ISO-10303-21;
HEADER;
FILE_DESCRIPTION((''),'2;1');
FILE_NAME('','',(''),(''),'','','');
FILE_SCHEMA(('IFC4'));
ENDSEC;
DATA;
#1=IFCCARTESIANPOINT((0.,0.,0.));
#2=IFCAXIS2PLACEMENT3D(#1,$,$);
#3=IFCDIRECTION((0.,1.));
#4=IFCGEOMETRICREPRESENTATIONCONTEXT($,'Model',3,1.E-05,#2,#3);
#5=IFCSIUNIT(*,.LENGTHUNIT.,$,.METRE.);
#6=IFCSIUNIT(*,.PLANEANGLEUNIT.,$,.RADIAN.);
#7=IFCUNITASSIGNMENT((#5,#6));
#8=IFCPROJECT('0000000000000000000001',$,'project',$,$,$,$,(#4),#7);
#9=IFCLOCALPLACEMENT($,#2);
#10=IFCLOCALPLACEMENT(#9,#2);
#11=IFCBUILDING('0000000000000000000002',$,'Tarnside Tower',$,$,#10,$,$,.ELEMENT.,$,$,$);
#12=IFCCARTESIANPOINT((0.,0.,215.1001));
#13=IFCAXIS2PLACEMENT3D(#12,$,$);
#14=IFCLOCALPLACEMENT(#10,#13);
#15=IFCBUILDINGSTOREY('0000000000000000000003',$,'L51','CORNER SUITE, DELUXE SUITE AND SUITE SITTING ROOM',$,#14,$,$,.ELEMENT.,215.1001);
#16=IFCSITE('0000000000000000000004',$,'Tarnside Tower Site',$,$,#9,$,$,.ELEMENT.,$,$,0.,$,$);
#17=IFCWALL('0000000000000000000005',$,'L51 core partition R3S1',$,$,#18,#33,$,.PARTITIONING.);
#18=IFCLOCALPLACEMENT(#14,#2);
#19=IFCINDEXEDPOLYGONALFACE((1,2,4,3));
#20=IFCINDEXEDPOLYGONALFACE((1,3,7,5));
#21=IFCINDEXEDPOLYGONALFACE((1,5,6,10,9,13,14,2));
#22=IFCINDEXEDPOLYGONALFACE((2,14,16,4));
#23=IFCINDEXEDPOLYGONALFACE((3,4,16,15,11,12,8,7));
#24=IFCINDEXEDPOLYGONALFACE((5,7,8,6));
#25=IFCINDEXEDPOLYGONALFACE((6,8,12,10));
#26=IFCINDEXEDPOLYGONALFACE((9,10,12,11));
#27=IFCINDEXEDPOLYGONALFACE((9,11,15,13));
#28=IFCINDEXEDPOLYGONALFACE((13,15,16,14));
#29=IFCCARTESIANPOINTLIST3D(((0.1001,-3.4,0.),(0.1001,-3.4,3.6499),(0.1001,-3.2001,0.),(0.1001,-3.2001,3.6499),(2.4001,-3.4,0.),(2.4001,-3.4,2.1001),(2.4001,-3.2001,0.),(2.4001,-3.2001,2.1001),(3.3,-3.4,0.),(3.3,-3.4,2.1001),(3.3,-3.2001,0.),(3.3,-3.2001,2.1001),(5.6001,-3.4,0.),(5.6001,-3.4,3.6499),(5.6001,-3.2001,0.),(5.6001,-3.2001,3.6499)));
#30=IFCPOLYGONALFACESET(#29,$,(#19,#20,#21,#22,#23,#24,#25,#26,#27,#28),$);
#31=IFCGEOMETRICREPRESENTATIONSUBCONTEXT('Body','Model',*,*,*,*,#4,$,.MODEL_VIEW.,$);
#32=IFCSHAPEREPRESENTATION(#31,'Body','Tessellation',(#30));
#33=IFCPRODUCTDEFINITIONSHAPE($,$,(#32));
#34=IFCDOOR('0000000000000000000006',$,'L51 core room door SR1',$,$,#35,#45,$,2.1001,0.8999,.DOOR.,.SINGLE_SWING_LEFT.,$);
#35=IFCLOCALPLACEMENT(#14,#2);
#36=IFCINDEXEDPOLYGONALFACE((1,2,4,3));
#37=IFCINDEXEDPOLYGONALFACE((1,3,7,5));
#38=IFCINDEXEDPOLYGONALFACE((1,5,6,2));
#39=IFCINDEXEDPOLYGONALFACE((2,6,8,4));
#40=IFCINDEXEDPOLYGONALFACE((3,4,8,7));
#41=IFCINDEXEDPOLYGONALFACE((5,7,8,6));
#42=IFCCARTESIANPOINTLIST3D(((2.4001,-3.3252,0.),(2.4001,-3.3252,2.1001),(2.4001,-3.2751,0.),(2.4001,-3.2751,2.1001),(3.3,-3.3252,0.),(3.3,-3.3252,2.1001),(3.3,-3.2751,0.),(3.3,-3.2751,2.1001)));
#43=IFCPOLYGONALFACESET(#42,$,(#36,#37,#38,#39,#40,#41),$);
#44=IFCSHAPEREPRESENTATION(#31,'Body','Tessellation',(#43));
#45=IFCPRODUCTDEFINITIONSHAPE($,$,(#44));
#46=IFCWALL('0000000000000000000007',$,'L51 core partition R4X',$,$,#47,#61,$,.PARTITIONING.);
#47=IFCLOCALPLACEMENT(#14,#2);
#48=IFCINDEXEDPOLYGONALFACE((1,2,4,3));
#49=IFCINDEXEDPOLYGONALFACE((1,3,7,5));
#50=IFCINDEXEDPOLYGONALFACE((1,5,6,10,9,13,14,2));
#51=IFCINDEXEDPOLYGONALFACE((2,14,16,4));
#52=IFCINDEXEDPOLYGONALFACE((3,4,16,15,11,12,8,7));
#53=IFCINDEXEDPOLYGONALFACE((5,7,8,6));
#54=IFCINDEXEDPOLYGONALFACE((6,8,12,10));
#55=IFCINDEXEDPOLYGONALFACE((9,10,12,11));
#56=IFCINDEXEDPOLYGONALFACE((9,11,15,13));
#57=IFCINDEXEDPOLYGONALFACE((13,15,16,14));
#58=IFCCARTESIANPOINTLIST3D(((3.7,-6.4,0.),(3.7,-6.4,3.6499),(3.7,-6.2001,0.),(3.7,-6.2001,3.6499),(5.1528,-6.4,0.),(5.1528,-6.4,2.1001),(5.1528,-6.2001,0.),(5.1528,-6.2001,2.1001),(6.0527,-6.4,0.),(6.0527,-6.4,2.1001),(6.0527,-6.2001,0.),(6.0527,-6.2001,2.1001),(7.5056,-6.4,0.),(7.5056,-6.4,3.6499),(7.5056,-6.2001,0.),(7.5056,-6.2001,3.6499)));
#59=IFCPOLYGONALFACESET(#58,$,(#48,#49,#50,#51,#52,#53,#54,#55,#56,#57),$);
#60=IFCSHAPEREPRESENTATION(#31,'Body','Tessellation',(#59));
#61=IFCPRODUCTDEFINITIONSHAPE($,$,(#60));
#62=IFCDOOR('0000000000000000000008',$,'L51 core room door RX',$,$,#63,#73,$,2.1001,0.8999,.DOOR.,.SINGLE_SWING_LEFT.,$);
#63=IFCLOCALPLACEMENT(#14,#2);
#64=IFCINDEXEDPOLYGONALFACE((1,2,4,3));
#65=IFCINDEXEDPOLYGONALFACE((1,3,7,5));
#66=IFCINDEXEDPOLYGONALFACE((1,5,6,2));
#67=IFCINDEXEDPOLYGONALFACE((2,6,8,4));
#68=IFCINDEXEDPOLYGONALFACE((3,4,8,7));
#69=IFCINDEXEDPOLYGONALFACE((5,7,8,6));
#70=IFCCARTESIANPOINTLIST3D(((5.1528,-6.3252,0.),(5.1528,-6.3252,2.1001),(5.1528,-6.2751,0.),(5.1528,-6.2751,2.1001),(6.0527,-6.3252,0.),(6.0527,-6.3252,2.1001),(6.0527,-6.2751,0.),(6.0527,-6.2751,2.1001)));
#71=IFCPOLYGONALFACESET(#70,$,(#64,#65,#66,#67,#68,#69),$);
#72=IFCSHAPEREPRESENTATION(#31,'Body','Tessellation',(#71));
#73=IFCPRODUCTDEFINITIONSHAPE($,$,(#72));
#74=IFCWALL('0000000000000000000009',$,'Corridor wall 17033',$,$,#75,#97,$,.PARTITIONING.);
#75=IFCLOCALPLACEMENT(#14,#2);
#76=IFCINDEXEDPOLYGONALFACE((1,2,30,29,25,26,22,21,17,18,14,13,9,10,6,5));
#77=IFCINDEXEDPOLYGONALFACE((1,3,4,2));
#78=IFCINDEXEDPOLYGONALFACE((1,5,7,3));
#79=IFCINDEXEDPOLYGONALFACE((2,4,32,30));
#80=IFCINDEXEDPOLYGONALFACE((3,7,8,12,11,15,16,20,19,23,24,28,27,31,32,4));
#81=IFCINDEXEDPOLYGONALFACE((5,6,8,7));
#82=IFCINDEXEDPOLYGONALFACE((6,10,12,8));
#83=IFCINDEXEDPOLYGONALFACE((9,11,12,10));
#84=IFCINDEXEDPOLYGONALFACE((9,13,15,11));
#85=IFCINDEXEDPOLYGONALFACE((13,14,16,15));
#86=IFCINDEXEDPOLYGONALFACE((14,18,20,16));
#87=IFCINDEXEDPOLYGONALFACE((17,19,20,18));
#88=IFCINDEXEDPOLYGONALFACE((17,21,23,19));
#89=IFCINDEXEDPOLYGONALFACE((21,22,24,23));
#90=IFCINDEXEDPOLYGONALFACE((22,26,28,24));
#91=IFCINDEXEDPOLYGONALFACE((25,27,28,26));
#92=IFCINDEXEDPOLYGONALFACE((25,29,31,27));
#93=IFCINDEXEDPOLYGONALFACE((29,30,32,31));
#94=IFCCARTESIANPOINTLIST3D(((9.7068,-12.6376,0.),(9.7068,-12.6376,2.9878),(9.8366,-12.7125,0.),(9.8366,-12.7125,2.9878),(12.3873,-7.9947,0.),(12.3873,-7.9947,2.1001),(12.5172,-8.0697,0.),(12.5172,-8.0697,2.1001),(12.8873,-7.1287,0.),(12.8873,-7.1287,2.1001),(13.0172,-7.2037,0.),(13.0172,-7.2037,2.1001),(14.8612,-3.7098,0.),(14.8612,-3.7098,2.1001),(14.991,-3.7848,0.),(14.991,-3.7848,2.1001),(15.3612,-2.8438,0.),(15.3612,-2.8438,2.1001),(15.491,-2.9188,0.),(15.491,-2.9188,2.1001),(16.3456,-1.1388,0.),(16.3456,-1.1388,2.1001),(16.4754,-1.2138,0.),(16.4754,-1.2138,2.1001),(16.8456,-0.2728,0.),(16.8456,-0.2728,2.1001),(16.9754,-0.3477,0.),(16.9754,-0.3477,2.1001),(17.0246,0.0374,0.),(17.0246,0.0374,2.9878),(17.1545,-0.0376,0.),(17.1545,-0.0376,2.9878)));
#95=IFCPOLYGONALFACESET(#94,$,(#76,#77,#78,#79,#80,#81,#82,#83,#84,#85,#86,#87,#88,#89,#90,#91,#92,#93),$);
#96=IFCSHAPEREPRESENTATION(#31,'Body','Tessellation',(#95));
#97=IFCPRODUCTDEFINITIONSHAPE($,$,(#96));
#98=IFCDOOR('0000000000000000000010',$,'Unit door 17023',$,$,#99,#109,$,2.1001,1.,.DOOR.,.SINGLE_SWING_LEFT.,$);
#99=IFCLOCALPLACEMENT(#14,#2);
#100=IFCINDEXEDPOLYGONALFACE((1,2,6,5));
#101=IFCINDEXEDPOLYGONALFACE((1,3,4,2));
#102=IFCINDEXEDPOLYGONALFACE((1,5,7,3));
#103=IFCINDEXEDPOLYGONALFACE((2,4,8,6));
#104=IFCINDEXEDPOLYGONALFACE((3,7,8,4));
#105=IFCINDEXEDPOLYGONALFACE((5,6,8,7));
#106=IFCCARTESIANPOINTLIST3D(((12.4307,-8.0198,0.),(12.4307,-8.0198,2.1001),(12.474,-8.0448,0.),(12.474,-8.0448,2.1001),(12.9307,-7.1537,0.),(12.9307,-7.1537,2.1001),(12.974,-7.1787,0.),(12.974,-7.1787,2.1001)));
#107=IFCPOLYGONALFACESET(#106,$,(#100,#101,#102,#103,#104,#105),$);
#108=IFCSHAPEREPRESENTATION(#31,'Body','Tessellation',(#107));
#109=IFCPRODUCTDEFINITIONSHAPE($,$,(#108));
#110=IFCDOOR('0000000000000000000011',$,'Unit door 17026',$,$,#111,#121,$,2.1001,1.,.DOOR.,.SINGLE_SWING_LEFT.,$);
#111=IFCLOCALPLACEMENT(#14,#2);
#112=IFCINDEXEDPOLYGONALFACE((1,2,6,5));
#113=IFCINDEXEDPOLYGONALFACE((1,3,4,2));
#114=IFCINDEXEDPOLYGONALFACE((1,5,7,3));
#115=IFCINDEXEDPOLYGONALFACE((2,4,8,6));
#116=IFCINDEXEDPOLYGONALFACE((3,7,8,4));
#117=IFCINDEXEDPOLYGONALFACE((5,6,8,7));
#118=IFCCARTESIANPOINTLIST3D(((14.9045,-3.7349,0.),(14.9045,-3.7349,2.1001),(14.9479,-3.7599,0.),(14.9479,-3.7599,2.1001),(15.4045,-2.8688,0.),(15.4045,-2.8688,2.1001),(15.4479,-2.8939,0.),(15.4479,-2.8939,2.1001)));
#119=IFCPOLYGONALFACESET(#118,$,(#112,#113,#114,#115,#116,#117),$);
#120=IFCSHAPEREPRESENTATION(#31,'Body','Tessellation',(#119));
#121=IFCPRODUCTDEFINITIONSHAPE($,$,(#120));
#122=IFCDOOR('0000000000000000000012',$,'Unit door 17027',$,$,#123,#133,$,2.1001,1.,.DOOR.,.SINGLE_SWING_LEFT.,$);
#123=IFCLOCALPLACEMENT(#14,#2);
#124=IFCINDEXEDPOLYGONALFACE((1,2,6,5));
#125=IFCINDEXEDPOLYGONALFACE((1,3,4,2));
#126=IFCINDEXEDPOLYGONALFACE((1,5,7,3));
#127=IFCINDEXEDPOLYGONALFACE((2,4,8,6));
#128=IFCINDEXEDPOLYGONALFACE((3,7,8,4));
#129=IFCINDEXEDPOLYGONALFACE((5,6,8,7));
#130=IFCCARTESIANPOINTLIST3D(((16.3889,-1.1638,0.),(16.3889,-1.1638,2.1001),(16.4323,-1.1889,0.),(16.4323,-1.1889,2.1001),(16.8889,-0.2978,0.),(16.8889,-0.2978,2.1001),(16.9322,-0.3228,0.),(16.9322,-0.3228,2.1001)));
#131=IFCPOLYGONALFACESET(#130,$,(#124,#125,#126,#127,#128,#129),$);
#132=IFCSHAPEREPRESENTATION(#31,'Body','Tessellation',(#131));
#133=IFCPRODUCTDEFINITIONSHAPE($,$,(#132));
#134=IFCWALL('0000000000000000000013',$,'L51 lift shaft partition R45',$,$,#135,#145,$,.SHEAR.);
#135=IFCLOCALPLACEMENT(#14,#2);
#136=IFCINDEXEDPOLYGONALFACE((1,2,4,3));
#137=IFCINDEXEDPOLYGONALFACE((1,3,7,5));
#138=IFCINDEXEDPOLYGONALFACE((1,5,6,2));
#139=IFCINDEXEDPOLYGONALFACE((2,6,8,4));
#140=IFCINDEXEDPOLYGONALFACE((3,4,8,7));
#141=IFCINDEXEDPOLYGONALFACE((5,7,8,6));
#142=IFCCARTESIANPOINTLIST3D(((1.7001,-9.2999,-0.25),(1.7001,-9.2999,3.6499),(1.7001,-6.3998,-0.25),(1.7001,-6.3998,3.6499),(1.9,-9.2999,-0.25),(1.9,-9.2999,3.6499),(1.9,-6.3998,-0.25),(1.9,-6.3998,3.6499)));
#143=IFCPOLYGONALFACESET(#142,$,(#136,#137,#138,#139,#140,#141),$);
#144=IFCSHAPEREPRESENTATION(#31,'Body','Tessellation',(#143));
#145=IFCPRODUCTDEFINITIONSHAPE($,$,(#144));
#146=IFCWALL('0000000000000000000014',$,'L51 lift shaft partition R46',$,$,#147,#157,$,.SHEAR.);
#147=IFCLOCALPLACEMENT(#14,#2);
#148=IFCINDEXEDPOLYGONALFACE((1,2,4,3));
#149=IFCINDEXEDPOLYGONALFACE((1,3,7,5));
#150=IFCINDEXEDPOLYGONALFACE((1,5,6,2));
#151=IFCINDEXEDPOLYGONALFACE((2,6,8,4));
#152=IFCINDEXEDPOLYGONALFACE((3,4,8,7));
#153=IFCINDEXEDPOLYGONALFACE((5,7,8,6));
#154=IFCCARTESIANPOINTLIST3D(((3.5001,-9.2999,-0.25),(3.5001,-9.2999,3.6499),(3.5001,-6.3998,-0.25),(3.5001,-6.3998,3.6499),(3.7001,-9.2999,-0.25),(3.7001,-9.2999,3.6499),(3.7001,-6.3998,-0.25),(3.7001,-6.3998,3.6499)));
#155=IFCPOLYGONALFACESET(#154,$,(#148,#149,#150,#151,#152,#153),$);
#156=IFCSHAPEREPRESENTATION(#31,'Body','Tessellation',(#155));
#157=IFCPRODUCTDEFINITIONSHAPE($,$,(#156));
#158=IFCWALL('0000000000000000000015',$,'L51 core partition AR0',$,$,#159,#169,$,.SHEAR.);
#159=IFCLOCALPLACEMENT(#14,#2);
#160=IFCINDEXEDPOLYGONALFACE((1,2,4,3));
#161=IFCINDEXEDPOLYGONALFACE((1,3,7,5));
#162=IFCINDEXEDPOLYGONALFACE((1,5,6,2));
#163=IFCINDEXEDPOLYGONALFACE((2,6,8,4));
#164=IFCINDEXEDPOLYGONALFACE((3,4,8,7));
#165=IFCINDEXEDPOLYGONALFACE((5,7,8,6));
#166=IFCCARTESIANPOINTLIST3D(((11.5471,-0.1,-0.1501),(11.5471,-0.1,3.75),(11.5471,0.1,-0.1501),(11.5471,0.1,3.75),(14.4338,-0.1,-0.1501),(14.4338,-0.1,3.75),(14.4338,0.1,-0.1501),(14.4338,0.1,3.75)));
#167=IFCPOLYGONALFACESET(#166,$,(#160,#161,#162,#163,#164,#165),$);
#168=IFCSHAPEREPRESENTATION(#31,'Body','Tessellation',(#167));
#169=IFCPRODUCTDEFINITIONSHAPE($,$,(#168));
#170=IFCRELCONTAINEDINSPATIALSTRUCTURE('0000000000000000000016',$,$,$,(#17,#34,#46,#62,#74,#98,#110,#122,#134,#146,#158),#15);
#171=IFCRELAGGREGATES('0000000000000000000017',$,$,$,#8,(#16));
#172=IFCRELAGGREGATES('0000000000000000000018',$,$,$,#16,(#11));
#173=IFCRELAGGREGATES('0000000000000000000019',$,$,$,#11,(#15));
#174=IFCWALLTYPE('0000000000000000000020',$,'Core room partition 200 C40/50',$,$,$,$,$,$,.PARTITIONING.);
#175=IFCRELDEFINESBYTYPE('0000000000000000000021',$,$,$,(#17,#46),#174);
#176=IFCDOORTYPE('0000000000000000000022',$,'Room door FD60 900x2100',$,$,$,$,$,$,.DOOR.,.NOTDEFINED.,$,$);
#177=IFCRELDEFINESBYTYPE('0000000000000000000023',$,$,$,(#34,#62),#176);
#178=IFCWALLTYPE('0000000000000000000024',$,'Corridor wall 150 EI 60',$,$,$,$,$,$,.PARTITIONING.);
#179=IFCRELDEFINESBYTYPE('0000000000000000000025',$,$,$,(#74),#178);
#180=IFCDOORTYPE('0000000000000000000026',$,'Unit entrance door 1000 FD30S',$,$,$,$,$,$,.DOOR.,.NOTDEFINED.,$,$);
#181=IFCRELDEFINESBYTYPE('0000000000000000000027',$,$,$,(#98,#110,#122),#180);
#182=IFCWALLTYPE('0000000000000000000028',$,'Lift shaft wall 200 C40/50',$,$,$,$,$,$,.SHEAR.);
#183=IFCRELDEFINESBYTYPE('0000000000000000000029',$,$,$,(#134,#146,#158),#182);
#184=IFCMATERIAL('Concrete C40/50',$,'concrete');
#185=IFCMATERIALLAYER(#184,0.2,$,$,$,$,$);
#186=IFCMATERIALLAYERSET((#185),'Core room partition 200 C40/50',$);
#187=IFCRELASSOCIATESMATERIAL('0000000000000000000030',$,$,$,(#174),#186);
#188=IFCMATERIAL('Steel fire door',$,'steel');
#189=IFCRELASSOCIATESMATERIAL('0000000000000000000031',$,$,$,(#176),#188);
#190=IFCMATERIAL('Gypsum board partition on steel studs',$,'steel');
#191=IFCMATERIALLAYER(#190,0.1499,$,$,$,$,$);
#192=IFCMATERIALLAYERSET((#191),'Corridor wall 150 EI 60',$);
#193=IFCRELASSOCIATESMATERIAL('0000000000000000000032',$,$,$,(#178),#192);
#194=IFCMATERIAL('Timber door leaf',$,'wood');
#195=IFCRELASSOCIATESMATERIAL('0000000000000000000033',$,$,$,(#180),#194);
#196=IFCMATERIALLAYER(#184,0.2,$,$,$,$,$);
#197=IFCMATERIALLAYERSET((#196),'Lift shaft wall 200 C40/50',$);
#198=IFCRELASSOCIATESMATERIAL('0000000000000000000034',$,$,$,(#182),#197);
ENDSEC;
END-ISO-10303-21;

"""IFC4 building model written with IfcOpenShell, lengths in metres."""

from ifc_helpers import new_model, si_unit, direction, frame, frame_2d, origin, place, context, subcontext, project, spatial, rectangle, extrude, material, layer, layer_set, type_object, element, fill, save


model = new_model("IFC4")

# Units and contexts
model_context = context("Model", 3, precision=1e-05, world=origin(), true_north=direction((0.0, 1.0)))
body_context = subcontext(model_context, "Body", "Model", "MODEL_VIEW")
ifc_project = project(units=[si_unit("LENGTHUNIT", "METRE"), si_unit("PLANEANGLEUNIT", "RADIAN")], contexts=[model_context])

# Site, building, storey
site_placement = place(None, origin())
site = spatial("IfcSite", under=ifc_project, at=site_placement, Name="Tarnside Tower Site", CompositionType="ELEMENT", RefElevation=0.0)
building_placement = place(site_placement, origin())
building = spatial("IfcBuilding", under=site, at=building_placement, Name="Tarnside Tower", CompositionType="ELEMENT")
storey_placement = place(building_placement, frame((0.0, 0.0, 215.1001)))
storey = spatial("IfcBuildingStorey", under=building, at=storey_placement, Name="L51", Description="CORNER SUITE, DELUXE SUITE AND SUITE SITTING ROOM", CompositionType="ELEMENT", Elevation=215.1001)

# Shared definitions
ifc_material_1 = material(Name="Concrete C40/50", Category="concrete")

# Walls, openings, doors
ifc_material_2 = material(Name="Gypsum board partition on steel studs", Category="steel")
ifc_material_3 = material(Name="Timber door leaf", Category="wood")
ifc_material_4 = material(Name="Steel fire door", Category="steel")
ifc_layer_1 = layer(ifc_material_1, 0.2)
ifc_layer_set_1 = layer_set([ifc_layer_1], Name="Core room partition 200 C40/50")
wall_type_1 = type_object("IfcWallType", Name="Core room partition 200 C40/50", PredefinedType="PARTITIONING", material=ifc_layer_set_1)
wall_1_placement = place(storey_placement, frame((0.1001, -3.3, 0.0), z_axis=(0.0, 0.0, 1.0), x_axis=(1.0, 0.0, 0.0)))
wall_1 = element("IfcWall", 1, at=wall_1_placement, inside=storey, type_object=wall_type_1, Name="L51 core partition R3S1", PredefinedType="PARTITIONING", context=body_context, shape_type="SweptSolid", body=[
    extrude(rectangle(XDim=5.5, YDim=0.2, at=frame_2d((2.75, 0.0))), origin(), (0.0, 0.0, 1.0), 3.6499),
])
opening_1_placement = place(wall_1_placement, frame((2.3, 0.0, 0.0)))
opening_1 = element("IfcOpeningElement", 2, at=opening_1_placement, cuts=wall_1, PredefinedType="OPENING", context=body_context, shape_type="SweptSolid", body=[
    extrude(rectangle(XDim=0.8999, YDim=2.1001, at=frame_2d((0.45, 1.05))), frame((0.0, 0.1099, 0.0), z_axis=(0.0, -1.0, 0.0), x_axis=(1.0, 0.0, 0.0)), (0.0, 0.0, 1.0), 0.22),
])
door_type_1 = type_object("IfcDoorType", Name="Room door FD60 900x2100", OperationType="NOTDEFINED", PredefinedType="DOOR", material=ifc_material_4)
door_1_placement = place(opening_1_placement, origin())
door_1 = element("IfcDoor", 3, at=door_1_placement, inside=storey, type_object=door_type_1, Name="L51 core room door SR1", OperationType="SINGLE_SWING_LEFT", OverallHeight=2.1001, OverallWidth=0.8999, PredefinedType="DOOR", context=body_context, shape_type="SweptSolid", body=[
    extrude(rectangle(XDim=0.8999, YDim=2.1001, at=frame_2d((0.45, 1.05))), frame((0.0, 0.0249, 0.0), z_axis=(0.0, -1.0, 0.0), x_axis=(1.0, 0.0, 0.0)), (0.0, 0.0, 1.0), 0.05),
])
fill(opening_1, door_1)
wall_2_placement = place(storey_placement, frame((3.7, -6.3, 0.0), z_axis=(0.0, 0.0, 1.0), x_axis=(1.0, 0.0, 0.0)))
wall_2 = element("IfcWall", 4, at=wall_2_placement, inside=storey, type_object=wall_type_1, Name="L51 core partition R4X", PredefinedType="PARTITIONING", context=body_context, shape_type="SweptSolid", body=[
    extrude(rectangle(XDim=3.8057, YDim=0.2, at=frame_2d((1.9028, 0.0))), origin(), (0.0, 0.0, 1.0), 3.6499),
])
opening_2_placement = place(wall_2_placement, frame((1.4529, 0.0, 0.0)))
opening_2 = element("IfcOpeningElement", 5, at=opening_2_placement, cuts=wall_2, PredefinedType="OPENING", context=body_context, shape_type="SweptSolid", body=[
    extrude(rectangle(XDim=0.8999, YDim=2.1001, at=frame_2d((0.45, 1.05))), frame((0.0, 0.1099, 0.0), z_axis=(0.0, -1.0, 0.0), x_axis=(1.0, 0.0, 0.0)), (0.0, 0.0, 1.0), 0.22),
])
door_2_placement = place(opening_2_placement, origin())
door_2 = element("IfcDoor", 6, at=door_2_placement, inside=storey, type_object=door_type_1, Name="L51 core room door RX", OperationType="SINGLE_SWING_LEFT", OverallHeight=2.1001, OverallWidth=0.8999, PredefinedType="DOOR", context=body_context, shape_type="SweptSolid", body=[
    extrude(rectangle(XDim=0.8999, YDim=2.1001, at=frame_2d((0.45, 1.05))), frame((0.0, 0.0249, 0.0), z_axis=(0.0, -1.0, 0.0), x_axis=(1.0, 0.0, 0.0)), (0.0, 0.0, 1.0), 0.05),
])
fill(opening_2, door_2)

# Wall, openings, doors
ifc_layer_2 = layer(ifc_material_2, 0.1499)
ifc_layer_set_2 = layer_set([ifc_layer_2], Name="Corridor wall 150 EI 60")
wall_type_2 = type_object("IfcWallType", Name="Corridor wall 150 EI 60", PredefinedType="PARTITIONING", material=ifc_layer_set_2)
wall_3_placement = place(storey_placement, frame((9.7717, -12.675, 0.0), z_axis=(0.0, 0.0, 1.0), x_axis=(0.499996, 0.866028, 0.0)))
wall_3 = element("IfcWall", 7, at=wall_3_placement, inside=storey, type_object=wall_type_2, Name="Corridor wall 17033", PredefinedType="PARTITIONING", context=body_context, shape_type="SweptSolid", body=[
    extrude(rectangle(XDim=14.6357, YDim=0.1499, at=frame_2d((7.3179, 0.0))), origin(), (0.0, 0.0, 1.0), 2.9878),
])
opening_3_placement = place(wall_3_placement, frame((5.3611, 0.0, 0.0)))
opening_3 = element("IfcOpeningElement", 8, at=opening_3_placement, cuts=wall_3, PredefinedType="OPENING", context=body_context, shape_type="SweptSolid", body=[
    extrude(rectangle(XDim=1.0, YDim=2.1001, at=frame_2d((0.5, 1.05))), frame((0.0, 0.085, 0.0), z_axis=(0.0, -1.0, 0.0), x_axis=(1.0, 0.0, 0.0)), (0.0, 0.0, 1.0), 0.1699),
])
opening_4_placement = place(wall_3_placement, frame((10.3088, 0.0, 0.0)))
opening_4 = element("IfcOpeningElement", 9, at=opening_4_placement, cuts=wall_3, PredefinedType="OPENING", context=body_context, shape_type="SweptSolid", body=[
    extrude(rectangle(XDim=1.0, YDim=2.1001, at=frame_2d((0.5, 1.05))), frame((0.0, 0.085, 0.0), z_axis=(0.0, -1.0, 0.0), x_axis=(1.0, 0.0, 0.0)), (0.0, 0.0, 1.0), 0.1699),
])
opening_5_placement = place(wall_3_placement, frame((13.2776, 0.0, 0.0)))
opening_5 = element("IfcOpeningElement", 10, at=opening_5_placement, cuts=wall_3, PredefinedType="OPENING", context=body_context, shape_type="SweptSolid", body=[
    extrude(rectangle(XDim=1.0, YDim=2.1001, at=frame_2d((0.5, 1.05))), frame((0.0, 0.085, 0.0), z_axis=(0.0, -1.0, 0.0), x_axis=(1.0, 0.0, 0.0)), (0.0, 0.0, 1.0), 0.1699),
])
door_type_2 = type_object("IfcDoorType", Name="Unit entrance door 1000 FD30S", OperationType="NOTDEFINED", PredefinedType="DOOR", material=ifc_material_3)
door_3_placement = place(opening_3_placement, origin())
door_3 = element("IfcDoor", 11, at=door_3_placement, inside=storey, type_object=door_type_2, Name="Unit door 17023", OperationType="SINGLE_SWING_LEFT", OverallHeight=2.1001, OverallWidth=1.0, PredefinedType="DOOR", context=body_context, shape_type="SweptSolid", body=[
    extrude(rectangle(XDim=1.0, YDim=2.1001, at=frame_2d((0.5, 1.05))), frame((0.0, 0.0249, 0.0), z_axis=(0.0, -1.0, 0.0), x_axis=(1.0, 0.0, 0.0)), (0.0, 0.0, 1.0), 0.05),
])
fill(opening_3, door_3)
door_4_placement = place(opening_4_placement, origin())
door_4 = element("IfcDoor", 12, at=door_4_placement, inside=storey, type_object=door_type_2, Name="Unit door 17026", OperationType="SINGLE_SWING_LEFT", OverallHeight=2.1001, OverallWidth=1.0, PredefinedType="DOOR", context=body_context, shape_type="SweptSolid", body=[
    extrude(rectangle(XDim=1.0, YDim=2.1001, at=frame_2d((0.5, 1.05))), frame((0.0, 0.0249, 0.0), z_axis=(0.0, -1.0, 0.0), x_axis=(1.0, 0.0, 0.0)), (0.0, 0.0, 1.0), 0.05),
])
fill(opening_4, door_4)
door_5_placement = place(opening_5_placement, origin())
door_5 = element("IfcDoor", 13, at=door_5_placement, inside=storey, type_object=door_type_2, Name="Unit door 17027", OperationType="SINGLE_SWING_LEFT", OverallHeight=2.1001, OverallWidth=1.0, PredefinedType="DOOR", context=body_context, shape_type="SweptSolid", body=[
    extrude(rectangle(XDim=1.0, YDim=2.1001, at=frame_2d((0.5, 1.05))), frame((0.0, 0.0249, 0.0), z_axis=(0.0, -1.0, 0.0), x_axis=(1.0, 0.0, 0.0)), (0.0, 0.0, 1.0), 0.05),
])
fill(opening_5, door_5)

# Walls
ifc_layer_3 = layer(ifc_material_1, 0.2)
ifc_layer_set_3 = layer_set([ifc_layer_3], Name="Lift shaft wall 200 C40/50")
wall_type_3 = type_object("IfcWallType", Name="Lift shaft wall 200 C40/50", PredefinedType="SHEAR", material=ifc_layer_set_3)
for number, where, z_axis, x_axis, name in (
    (14, (1.8, -9.3, -0.25), (0.0, 0.0, 1.0), (0.0, 1.0, 0.0), "L51 lift shaft partition R45"),
    (15, (3.6001, -9.3, -0.25), (0.0, 0.0, 1.0), (0.0, 1.0, 0.0), "L51 lift shaft partition R46"),
):
    element("IfcWall", number, at=place(storey_placement, frame(where, z_axis=z_axis, x_axis=x_axis)), inside=storey, type_object=wall_type_3, Name=name, PredefinedType="SHEAR", context=body_context, shape_type="SweptSolid", body=[
        extrude(rectangle(XDim=2.9001, YDim=0.2, at=frame_2d((1.4502, 0.0))), origin(), (0.0, 0.0, 1.0), 3.8999),
    ])
for number, where, z_axis, x_axis, name in (
    (16, (11.5471, 0.0, -0.1501), (0.0, 0.0, 1.0), (1.0, 0.0, 0.0), "L51 core partition AR0"),
):
    element("IfcWall", number, at=place(storey_placement, frame(where, z_axis=z_axis, x_axis=x_axis)), inside=storey, type_object=wall_type_3, Name=name, PredefinedType="SHEAR", context=body_context, shape_type="SweptSolid", body=[
        extrude(rectangle(XDim=2.8867, YDim=0.2, at=frame_2d((1.4434, 0.0))), origin(), (0.0, 0.0, 1.0), 3.9001),
    ])

save(model, "model.ifc")
